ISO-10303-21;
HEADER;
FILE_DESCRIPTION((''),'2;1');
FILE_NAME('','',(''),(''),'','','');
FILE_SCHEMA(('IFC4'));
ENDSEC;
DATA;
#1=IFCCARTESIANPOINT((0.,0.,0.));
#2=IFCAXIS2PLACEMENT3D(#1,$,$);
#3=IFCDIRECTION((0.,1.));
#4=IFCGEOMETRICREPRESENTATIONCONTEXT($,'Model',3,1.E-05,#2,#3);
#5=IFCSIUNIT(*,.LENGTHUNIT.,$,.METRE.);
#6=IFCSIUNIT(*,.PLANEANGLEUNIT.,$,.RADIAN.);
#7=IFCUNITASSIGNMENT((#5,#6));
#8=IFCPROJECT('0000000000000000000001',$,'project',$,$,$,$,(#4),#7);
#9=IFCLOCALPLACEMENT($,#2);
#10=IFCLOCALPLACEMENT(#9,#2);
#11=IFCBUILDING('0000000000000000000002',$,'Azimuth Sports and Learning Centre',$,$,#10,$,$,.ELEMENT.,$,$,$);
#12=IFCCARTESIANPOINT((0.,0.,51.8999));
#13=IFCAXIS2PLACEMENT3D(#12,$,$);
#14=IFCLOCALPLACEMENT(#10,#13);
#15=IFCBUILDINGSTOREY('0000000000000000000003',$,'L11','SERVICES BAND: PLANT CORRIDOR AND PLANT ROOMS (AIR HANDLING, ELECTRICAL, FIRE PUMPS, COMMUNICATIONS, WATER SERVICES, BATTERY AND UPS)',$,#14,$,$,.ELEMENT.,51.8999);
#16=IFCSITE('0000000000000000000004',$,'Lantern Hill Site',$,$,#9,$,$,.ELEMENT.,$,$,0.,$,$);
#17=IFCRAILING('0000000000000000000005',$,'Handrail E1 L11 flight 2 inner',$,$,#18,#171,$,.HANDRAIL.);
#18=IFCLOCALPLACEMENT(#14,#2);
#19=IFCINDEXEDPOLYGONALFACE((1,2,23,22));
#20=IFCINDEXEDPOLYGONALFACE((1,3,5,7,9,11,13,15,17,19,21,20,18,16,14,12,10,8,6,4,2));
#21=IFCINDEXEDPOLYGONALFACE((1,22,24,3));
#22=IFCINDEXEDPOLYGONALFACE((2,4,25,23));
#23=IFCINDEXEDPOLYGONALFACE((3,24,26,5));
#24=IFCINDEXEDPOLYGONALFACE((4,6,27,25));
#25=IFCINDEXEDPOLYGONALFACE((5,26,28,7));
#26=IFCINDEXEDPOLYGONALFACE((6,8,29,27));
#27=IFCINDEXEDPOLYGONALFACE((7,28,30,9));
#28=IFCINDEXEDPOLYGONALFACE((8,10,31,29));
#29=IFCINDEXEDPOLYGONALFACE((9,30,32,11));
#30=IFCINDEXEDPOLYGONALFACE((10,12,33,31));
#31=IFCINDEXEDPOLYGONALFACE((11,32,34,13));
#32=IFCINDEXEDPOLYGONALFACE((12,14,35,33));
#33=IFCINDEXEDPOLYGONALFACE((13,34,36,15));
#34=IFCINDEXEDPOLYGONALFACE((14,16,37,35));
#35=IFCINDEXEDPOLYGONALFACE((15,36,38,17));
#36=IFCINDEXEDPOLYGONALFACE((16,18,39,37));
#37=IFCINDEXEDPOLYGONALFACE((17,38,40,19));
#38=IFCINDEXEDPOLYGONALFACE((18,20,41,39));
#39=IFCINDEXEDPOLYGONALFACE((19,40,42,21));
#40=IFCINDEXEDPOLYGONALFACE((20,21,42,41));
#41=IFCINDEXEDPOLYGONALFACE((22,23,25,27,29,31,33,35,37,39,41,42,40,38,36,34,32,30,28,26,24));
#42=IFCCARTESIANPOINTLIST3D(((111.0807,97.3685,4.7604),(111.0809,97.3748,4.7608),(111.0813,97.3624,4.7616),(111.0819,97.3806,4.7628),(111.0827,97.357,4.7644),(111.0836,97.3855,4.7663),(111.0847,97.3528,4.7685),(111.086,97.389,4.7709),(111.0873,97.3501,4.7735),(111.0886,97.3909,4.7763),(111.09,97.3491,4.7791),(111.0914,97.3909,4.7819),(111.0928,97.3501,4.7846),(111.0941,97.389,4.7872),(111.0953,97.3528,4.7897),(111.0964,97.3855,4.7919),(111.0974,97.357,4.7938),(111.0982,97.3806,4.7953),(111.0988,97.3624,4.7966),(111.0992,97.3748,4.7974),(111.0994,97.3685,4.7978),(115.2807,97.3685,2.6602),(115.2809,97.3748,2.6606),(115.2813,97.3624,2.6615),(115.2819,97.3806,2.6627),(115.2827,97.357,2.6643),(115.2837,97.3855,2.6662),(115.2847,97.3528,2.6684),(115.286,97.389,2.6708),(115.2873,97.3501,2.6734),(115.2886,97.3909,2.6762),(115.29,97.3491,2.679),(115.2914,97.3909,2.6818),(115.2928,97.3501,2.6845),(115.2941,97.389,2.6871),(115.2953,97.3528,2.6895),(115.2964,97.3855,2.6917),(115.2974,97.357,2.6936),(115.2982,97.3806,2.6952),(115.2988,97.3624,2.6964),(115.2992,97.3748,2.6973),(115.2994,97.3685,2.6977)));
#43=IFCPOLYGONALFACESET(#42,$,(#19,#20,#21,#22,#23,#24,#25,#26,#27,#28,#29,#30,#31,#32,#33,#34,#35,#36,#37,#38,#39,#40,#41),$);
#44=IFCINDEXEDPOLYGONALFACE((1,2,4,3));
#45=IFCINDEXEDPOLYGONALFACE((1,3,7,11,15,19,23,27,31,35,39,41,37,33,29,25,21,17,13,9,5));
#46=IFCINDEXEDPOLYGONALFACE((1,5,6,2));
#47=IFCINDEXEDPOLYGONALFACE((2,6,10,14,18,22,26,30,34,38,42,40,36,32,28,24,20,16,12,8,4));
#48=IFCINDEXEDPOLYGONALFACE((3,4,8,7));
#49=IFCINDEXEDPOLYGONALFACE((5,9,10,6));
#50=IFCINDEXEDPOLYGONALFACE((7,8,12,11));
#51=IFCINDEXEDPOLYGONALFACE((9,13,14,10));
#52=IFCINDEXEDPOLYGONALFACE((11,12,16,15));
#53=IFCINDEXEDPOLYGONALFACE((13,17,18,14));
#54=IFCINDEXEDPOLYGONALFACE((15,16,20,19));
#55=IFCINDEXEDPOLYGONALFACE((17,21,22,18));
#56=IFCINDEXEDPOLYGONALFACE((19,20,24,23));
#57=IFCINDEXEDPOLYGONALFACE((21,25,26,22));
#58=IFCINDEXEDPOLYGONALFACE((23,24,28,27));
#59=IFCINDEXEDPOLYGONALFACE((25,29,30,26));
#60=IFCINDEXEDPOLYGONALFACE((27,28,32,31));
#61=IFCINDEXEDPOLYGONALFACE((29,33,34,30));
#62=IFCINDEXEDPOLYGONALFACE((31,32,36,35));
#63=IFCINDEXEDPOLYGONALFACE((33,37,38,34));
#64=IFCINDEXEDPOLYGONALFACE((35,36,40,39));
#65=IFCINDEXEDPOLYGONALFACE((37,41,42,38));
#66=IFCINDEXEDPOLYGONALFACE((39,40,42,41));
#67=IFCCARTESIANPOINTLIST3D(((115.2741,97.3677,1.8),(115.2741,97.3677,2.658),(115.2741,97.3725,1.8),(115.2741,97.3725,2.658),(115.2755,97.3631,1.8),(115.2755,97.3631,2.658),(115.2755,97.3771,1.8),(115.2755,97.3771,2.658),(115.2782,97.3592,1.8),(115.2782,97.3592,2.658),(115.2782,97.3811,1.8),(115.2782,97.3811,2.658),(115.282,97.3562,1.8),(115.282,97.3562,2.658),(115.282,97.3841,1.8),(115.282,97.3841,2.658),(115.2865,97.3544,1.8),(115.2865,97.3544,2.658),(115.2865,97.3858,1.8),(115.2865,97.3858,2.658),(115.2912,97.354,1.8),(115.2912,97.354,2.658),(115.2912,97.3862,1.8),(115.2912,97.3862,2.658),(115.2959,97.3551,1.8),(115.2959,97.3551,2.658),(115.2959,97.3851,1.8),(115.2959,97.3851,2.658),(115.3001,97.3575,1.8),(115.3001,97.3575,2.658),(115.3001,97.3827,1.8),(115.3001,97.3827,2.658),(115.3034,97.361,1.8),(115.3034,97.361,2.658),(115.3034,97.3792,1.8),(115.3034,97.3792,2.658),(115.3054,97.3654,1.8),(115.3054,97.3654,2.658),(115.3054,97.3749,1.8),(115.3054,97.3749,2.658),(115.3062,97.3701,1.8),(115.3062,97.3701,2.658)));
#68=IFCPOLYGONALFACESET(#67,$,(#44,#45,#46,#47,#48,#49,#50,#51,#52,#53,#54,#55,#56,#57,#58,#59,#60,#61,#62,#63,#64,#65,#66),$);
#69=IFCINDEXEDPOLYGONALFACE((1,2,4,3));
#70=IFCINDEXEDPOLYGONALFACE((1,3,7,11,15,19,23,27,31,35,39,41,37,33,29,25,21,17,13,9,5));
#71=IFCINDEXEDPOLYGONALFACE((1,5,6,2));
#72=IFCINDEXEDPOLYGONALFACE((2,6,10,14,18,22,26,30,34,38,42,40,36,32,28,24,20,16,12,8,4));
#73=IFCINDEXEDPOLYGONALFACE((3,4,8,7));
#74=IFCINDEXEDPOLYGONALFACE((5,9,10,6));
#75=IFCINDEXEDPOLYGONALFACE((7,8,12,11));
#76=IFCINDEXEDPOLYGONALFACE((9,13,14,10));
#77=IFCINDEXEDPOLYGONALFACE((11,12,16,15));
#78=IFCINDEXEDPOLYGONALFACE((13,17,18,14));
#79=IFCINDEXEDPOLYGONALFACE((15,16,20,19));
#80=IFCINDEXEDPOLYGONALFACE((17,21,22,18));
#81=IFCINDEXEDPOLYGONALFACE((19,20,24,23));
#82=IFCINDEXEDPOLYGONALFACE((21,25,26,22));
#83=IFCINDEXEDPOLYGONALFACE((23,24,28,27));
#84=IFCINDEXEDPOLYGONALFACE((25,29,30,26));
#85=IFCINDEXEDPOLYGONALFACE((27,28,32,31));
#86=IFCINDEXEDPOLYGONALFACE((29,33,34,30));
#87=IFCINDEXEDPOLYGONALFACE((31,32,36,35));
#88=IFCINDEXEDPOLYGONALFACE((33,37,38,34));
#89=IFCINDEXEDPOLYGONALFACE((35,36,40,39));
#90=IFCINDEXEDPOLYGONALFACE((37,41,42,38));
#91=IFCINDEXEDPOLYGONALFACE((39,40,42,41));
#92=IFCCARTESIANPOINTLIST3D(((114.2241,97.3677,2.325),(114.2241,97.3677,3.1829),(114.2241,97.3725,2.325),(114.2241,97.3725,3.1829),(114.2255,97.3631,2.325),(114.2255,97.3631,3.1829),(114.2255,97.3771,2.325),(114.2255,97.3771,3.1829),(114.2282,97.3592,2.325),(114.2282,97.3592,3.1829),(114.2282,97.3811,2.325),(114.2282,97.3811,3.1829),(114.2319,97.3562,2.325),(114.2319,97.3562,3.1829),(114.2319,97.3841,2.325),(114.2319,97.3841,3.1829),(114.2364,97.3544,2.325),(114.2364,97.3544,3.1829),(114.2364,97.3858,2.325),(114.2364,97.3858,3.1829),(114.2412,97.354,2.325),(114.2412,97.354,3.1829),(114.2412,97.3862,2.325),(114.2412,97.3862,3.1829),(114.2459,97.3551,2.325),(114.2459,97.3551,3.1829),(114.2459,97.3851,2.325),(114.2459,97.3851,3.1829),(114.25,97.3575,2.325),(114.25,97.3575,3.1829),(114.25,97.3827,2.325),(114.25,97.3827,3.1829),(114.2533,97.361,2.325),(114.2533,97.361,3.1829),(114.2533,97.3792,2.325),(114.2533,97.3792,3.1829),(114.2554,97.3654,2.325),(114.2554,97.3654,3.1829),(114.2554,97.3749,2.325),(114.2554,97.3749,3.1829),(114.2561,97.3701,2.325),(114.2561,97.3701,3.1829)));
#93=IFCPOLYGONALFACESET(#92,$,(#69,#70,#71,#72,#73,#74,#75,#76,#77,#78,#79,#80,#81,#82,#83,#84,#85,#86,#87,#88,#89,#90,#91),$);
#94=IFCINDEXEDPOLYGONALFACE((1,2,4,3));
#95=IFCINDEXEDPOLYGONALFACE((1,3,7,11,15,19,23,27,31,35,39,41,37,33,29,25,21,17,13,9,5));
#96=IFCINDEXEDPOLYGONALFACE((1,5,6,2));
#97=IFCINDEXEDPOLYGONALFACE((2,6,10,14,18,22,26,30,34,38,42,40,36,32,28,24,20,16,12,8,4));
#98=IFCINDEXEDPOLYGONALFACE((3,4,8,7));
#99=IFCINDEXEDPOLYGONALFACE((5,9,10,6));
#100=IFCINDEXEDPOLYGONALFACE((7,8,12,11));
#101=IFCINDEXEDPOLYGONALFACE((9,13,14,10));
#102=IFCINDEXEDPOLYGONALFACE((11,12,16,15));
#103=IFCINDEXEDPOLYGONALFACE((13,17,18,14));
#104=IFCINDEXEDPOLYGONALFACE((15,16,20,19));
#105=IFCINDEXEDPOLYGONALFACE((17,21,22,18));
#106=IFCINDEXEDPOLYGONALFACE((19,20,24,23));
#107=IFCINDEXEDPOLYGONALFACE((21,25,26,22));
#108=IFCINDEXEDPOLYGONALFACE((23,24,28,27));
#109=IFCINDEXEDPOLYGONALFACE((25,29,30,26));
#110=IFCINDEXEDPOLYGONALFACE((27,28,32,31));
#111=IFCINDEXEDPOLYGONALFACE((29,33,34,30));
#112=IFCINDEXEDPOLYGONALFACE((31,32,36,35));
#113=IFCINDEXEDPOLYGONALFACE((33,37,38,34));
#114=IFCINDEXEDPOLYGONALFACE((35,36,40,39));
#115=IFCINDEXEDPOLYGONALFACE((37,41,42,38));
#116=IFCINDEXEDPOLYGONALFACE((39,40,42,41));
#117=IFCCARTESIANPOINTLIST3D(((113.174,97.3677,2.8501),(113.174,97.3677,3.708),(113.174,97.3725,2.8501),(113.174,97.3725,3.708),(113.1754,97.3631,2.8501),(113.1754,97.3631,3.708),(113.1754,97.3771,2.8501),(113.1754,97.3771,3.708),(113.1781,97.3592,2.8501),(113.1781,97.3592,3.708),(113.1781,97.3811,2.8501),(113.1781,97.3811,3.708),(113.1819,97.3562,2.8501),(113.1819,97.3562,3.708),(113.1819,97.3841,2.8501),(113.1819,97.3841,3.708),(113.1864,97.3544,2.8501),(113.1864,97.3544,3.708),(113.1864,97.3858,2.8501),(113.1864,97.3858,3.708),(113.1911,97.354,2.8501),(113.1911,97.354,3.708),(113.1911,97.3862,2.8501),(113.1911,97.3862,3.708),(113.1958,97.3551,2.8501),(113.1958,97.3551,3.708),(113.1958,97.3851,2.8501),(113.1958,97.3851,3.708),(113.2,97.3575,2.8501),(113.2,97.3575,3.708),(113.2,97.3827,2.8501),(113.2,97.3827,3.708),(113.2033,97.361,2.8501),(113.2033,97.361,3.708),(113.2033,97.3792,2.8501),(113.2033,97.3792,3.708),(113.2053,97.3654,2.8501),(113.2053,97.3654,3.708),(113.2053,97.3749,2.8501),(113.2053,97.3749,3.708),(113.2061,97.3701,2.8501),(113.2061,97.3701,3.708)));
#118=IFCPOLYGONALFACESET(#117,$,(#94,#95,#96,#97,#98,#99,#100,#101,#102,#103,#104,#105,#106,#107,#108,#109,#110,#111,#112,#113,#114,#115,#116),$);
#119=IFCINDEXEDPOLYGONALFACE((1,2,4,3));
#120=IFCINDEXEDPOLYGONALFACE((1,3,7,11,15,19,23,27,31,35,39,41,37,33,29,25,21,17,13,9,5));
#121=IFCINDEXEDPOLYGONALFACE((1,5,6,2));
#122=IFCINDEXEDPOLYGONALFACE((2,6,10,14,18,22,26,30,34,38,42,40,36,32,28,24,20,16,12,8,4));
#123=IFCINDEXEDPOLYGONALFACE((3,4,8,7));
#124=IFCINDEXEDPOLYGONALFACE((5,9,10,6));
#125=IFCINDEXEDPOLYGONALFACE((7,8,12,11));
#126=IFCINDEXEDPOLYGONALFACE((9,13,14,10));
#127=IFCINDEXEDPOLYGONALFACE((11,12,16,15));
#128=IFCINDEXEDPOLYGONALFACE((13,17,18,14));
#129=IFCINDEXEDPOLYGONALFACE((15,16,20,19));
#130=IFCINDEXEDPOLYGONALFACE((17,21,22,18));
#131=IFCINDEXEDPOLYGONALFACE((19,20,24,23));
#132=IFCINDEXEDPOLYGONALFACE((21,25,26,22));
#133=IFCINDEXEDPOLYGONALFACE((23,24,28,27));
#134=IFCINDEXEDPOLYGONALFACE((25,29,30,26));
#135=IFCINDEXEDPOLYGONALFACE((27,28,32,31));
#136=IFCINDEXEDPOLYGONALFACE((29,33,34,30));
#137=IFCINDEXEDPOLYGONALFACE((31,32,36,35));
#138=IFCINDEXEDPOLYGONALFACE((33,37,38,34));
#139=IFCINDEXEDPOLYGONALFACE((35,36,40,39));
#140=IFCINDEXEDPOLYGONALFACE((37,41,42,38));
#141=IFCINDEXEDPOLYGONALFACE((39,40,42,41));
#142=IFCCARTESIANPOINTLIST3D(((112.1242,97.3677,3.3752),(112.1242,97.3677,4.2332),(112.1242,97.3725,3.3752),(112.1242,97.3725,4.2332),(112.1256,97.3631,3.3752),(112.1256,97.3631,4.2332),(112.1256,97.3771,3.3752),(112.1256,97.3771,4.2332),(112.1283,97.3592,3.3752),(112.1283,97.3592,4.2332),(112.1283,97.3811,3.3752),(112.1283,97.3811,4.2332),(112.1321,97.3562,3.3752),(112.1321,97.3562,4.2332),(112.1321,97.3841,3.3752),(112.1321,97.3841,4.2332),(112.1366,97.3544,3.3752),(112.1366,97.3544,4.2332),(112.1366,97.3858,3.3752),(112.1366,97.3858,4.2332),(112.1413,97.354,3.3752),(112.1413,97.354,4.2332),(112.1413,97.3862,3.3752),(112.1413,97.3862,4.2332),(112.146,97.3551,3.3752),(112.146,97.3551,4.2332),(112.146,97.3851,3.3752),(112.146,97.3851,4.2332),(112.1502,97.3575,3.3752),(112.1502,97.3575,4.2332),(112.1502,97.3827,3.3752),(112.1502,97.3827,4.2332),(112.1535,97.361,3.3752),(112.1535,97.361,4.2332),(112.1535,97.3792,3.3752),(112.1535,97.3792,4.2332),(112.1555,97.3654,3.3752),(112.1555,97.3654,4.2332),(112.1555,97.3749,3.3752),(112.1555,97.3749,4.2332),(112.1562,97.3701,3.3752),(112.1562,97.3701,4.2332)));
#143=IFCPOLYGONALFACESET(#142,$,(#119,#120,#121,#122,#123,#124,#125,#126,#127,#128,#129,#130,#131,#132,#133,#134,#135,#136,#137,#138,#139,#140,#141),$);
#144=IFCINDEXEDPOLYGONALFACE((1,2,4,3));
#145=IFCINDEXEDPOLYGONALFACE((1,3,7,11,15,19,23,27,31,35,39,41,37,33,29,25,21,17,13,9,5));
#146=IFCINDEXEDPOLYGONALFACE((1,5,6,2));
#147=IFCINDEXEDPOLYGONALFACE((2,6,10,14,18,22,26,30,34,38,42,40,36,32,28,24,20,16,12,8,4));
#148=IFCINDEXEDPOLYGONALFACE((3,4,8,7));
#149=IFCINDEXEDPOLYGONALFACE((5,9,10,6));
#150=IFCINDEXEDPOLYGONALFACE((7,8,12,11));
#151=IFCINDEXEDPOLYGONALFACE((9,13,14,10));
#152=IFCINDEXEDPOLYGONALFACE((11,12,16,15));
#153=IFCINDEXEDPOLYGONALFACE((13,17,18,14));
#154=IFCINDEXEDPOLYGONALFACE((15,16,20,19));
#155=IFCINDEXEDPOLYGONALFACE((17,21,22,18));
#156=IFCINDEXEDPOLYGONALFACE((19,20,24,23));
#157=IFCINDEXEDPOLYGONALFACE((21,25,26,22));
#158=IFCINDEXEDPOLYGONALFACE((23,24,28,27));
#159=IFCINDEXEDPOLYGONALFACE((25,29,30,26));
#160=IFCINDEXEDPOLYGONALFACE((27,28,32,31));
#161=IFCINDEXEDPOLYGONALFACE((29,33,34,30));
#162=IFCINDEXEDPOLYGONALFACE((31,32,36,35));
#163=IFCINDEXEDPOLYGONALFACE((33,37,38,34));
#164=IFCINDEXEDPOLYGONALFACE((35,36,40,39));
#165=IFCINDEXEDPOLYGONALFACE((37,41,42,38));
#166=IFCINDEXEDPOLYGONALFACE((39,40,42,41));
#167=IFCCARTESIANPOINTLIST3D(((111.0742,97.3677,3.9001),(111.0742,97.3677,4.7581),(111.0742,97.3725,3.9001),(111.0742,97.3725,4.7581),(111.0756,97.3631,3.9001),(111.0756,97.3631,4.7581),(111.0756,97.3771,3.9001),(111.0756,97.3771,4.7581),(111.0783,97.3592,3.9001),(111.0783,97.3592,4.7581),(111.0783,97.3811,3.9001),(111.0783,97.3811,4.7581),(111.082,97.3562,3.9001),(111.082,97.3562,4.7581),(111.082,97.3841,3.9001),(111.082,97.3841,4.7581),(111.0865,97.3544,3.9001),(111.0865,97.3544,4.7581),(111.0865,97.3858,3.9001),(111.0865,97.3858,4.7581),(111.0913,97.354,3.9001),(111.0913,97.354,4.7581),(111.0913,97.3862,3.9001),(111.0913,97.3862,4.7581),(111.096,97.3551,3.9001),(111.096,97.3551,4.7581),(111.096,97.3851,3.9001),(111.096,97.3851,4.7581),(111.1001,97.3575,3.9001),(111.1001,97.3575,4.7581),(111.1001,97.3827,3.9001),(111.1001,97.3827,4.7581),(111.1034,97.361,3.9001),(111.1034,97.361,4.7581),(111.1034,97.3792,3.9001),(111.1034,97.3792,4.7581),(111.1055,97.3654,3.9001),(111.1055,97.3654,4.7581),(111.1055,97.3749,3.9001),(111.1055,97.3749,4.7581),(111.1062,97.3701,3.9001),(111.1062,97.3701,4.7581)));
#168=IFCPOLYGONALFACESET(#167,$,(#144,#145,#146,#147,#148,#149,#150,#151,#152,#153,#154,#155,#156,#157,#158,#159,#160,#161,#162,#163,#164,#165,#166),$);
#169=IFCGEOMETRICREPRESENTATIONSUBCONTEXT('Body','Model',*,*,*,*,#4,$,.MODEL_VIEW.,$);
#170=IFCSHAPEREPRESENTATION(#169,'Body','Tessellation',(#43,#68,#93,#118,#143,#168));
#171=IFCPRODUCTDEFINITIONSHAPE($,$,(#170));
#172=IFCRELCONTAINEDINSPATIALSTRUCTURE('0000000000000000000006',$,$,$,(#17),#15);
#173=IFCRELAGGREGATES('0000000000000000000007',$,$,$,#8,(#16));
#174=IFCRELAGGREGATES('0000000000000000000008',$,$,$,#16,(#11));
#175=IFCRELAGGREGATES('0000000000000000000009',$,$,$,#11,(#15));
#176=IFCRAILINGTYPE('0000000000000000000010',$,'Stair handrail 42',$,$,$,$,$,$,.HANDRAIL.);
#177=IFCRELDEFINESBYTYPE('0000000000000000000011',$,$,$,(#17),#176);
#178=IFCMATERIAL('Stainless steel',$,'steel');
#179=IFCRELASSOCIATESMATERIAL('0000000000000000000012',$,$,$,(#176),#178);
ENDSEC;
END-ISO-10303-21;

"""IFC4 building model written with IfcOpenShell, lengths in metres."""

from ifc_helpers import new_model, si_unit, direction, frame, origin, origin_2d, place, context, subcontext, project, spatial, circle, extrude, material, type_object, element, save


model = new_model("IFC4")

# Units and contexts
model_context = context("Model", 3, precision=1e-05, world=origin(), true_north=direction((0.0, 1.0)))
body_context = subcontext(model_context, "Body", "Model", "MODEL_VIEW")
ifc_project = project(units=[si_unit("LENGTHUNIT", "METRE"), si_unit("PLANEANGLEUNIT", "RADIAN")], contexts=[model_context])

# Site, building, storey
site_placement = place(None, origin())
site = spatial("IfcSite", under=ifc_project, at=site_placement, Name="Lantern Hill Site", CompositionType="ELEMENT", RefElevation=0.0)
building_placement = place(site_placement, origin())
building = spatial("IfcBuilding", under=site, at=building_placement, Name="Azimuth Sports and Learning Centre", CompositionType="ELEMENT")
storey_placement = place(building_placement, frame((0.0, 0.0, 51.8999)))
storey = spatial("IfcBuildingStorey", under=building, at=storey_placement, Name="L11", Description="SERVICES BAND: PLANT CORRIDOR AND PLANT ROOMS (AIR HANDLING, ELECTRICAL, FIRE PUMPS, COMMUNICATIONS, WATER SERVICES, BATTERY AND UPS)", CompositionType="ELEMENT", Elevation=51.8999)

# Railing
ifc_material_1 = material(Name="Stainless steel", Category="steel")
railing_type = type_object("IfcRailingType", Name="Stair handrail 42", PredefinedType="HANDRAIL", material=ifc_material_1)
for number, where, name in (
    (1, (115.29, 97.3701, 1.8), "Handrail E1 L11 flight 2 inner"),
):
    element("IfcRailing", number, at=place(storey_placement, frame(where)), inside=storey, type_object=railing_type, Name=name, PredefinedType="HANDRAIL", context=body_context, shape_type="SweptSolid", body=[
        extrude(circle(Radius=0.021, at=origin_2d()), frame((0.0, 0.0, 0.8789), z_axis=(-0.894417, 0.0, 0.447234), x_axis=(0.0, -1.0, 0.0)), (0.0, 0.0, 1.0), 4.6958),
        extrude(circle(Radius=0.0161, at=origin_2d()), origin(), (0.0, 0.0, 1.0), 0.8579),
        extrude(circle(Radius=0.0161, at=origin_2d()), frame((-1.05, 0.0, 0.5249)), (0.0, 0.0, 1.0), 0.8579),
        extrude(circle(Radius=0.0161, at=origin_2d()), frame((-2.1001, 0.0, 1.05)), (0.0, 0.0, 1.0), 0.8579),
        extrude(circle(Radius=0.0161, at=origin_2d()), frame((-3.1499, 0.0, 1.5752)), (0.0, 0.0, 1.0), 0.8579),
        extrude(circle(Radius=0.0161, at=origin_2d()), frame((-4.2, 0.0, 2.1001)), (0.0, 0.0, 1.0), 0.8579),
    ])

save(model, "model.ifc")
